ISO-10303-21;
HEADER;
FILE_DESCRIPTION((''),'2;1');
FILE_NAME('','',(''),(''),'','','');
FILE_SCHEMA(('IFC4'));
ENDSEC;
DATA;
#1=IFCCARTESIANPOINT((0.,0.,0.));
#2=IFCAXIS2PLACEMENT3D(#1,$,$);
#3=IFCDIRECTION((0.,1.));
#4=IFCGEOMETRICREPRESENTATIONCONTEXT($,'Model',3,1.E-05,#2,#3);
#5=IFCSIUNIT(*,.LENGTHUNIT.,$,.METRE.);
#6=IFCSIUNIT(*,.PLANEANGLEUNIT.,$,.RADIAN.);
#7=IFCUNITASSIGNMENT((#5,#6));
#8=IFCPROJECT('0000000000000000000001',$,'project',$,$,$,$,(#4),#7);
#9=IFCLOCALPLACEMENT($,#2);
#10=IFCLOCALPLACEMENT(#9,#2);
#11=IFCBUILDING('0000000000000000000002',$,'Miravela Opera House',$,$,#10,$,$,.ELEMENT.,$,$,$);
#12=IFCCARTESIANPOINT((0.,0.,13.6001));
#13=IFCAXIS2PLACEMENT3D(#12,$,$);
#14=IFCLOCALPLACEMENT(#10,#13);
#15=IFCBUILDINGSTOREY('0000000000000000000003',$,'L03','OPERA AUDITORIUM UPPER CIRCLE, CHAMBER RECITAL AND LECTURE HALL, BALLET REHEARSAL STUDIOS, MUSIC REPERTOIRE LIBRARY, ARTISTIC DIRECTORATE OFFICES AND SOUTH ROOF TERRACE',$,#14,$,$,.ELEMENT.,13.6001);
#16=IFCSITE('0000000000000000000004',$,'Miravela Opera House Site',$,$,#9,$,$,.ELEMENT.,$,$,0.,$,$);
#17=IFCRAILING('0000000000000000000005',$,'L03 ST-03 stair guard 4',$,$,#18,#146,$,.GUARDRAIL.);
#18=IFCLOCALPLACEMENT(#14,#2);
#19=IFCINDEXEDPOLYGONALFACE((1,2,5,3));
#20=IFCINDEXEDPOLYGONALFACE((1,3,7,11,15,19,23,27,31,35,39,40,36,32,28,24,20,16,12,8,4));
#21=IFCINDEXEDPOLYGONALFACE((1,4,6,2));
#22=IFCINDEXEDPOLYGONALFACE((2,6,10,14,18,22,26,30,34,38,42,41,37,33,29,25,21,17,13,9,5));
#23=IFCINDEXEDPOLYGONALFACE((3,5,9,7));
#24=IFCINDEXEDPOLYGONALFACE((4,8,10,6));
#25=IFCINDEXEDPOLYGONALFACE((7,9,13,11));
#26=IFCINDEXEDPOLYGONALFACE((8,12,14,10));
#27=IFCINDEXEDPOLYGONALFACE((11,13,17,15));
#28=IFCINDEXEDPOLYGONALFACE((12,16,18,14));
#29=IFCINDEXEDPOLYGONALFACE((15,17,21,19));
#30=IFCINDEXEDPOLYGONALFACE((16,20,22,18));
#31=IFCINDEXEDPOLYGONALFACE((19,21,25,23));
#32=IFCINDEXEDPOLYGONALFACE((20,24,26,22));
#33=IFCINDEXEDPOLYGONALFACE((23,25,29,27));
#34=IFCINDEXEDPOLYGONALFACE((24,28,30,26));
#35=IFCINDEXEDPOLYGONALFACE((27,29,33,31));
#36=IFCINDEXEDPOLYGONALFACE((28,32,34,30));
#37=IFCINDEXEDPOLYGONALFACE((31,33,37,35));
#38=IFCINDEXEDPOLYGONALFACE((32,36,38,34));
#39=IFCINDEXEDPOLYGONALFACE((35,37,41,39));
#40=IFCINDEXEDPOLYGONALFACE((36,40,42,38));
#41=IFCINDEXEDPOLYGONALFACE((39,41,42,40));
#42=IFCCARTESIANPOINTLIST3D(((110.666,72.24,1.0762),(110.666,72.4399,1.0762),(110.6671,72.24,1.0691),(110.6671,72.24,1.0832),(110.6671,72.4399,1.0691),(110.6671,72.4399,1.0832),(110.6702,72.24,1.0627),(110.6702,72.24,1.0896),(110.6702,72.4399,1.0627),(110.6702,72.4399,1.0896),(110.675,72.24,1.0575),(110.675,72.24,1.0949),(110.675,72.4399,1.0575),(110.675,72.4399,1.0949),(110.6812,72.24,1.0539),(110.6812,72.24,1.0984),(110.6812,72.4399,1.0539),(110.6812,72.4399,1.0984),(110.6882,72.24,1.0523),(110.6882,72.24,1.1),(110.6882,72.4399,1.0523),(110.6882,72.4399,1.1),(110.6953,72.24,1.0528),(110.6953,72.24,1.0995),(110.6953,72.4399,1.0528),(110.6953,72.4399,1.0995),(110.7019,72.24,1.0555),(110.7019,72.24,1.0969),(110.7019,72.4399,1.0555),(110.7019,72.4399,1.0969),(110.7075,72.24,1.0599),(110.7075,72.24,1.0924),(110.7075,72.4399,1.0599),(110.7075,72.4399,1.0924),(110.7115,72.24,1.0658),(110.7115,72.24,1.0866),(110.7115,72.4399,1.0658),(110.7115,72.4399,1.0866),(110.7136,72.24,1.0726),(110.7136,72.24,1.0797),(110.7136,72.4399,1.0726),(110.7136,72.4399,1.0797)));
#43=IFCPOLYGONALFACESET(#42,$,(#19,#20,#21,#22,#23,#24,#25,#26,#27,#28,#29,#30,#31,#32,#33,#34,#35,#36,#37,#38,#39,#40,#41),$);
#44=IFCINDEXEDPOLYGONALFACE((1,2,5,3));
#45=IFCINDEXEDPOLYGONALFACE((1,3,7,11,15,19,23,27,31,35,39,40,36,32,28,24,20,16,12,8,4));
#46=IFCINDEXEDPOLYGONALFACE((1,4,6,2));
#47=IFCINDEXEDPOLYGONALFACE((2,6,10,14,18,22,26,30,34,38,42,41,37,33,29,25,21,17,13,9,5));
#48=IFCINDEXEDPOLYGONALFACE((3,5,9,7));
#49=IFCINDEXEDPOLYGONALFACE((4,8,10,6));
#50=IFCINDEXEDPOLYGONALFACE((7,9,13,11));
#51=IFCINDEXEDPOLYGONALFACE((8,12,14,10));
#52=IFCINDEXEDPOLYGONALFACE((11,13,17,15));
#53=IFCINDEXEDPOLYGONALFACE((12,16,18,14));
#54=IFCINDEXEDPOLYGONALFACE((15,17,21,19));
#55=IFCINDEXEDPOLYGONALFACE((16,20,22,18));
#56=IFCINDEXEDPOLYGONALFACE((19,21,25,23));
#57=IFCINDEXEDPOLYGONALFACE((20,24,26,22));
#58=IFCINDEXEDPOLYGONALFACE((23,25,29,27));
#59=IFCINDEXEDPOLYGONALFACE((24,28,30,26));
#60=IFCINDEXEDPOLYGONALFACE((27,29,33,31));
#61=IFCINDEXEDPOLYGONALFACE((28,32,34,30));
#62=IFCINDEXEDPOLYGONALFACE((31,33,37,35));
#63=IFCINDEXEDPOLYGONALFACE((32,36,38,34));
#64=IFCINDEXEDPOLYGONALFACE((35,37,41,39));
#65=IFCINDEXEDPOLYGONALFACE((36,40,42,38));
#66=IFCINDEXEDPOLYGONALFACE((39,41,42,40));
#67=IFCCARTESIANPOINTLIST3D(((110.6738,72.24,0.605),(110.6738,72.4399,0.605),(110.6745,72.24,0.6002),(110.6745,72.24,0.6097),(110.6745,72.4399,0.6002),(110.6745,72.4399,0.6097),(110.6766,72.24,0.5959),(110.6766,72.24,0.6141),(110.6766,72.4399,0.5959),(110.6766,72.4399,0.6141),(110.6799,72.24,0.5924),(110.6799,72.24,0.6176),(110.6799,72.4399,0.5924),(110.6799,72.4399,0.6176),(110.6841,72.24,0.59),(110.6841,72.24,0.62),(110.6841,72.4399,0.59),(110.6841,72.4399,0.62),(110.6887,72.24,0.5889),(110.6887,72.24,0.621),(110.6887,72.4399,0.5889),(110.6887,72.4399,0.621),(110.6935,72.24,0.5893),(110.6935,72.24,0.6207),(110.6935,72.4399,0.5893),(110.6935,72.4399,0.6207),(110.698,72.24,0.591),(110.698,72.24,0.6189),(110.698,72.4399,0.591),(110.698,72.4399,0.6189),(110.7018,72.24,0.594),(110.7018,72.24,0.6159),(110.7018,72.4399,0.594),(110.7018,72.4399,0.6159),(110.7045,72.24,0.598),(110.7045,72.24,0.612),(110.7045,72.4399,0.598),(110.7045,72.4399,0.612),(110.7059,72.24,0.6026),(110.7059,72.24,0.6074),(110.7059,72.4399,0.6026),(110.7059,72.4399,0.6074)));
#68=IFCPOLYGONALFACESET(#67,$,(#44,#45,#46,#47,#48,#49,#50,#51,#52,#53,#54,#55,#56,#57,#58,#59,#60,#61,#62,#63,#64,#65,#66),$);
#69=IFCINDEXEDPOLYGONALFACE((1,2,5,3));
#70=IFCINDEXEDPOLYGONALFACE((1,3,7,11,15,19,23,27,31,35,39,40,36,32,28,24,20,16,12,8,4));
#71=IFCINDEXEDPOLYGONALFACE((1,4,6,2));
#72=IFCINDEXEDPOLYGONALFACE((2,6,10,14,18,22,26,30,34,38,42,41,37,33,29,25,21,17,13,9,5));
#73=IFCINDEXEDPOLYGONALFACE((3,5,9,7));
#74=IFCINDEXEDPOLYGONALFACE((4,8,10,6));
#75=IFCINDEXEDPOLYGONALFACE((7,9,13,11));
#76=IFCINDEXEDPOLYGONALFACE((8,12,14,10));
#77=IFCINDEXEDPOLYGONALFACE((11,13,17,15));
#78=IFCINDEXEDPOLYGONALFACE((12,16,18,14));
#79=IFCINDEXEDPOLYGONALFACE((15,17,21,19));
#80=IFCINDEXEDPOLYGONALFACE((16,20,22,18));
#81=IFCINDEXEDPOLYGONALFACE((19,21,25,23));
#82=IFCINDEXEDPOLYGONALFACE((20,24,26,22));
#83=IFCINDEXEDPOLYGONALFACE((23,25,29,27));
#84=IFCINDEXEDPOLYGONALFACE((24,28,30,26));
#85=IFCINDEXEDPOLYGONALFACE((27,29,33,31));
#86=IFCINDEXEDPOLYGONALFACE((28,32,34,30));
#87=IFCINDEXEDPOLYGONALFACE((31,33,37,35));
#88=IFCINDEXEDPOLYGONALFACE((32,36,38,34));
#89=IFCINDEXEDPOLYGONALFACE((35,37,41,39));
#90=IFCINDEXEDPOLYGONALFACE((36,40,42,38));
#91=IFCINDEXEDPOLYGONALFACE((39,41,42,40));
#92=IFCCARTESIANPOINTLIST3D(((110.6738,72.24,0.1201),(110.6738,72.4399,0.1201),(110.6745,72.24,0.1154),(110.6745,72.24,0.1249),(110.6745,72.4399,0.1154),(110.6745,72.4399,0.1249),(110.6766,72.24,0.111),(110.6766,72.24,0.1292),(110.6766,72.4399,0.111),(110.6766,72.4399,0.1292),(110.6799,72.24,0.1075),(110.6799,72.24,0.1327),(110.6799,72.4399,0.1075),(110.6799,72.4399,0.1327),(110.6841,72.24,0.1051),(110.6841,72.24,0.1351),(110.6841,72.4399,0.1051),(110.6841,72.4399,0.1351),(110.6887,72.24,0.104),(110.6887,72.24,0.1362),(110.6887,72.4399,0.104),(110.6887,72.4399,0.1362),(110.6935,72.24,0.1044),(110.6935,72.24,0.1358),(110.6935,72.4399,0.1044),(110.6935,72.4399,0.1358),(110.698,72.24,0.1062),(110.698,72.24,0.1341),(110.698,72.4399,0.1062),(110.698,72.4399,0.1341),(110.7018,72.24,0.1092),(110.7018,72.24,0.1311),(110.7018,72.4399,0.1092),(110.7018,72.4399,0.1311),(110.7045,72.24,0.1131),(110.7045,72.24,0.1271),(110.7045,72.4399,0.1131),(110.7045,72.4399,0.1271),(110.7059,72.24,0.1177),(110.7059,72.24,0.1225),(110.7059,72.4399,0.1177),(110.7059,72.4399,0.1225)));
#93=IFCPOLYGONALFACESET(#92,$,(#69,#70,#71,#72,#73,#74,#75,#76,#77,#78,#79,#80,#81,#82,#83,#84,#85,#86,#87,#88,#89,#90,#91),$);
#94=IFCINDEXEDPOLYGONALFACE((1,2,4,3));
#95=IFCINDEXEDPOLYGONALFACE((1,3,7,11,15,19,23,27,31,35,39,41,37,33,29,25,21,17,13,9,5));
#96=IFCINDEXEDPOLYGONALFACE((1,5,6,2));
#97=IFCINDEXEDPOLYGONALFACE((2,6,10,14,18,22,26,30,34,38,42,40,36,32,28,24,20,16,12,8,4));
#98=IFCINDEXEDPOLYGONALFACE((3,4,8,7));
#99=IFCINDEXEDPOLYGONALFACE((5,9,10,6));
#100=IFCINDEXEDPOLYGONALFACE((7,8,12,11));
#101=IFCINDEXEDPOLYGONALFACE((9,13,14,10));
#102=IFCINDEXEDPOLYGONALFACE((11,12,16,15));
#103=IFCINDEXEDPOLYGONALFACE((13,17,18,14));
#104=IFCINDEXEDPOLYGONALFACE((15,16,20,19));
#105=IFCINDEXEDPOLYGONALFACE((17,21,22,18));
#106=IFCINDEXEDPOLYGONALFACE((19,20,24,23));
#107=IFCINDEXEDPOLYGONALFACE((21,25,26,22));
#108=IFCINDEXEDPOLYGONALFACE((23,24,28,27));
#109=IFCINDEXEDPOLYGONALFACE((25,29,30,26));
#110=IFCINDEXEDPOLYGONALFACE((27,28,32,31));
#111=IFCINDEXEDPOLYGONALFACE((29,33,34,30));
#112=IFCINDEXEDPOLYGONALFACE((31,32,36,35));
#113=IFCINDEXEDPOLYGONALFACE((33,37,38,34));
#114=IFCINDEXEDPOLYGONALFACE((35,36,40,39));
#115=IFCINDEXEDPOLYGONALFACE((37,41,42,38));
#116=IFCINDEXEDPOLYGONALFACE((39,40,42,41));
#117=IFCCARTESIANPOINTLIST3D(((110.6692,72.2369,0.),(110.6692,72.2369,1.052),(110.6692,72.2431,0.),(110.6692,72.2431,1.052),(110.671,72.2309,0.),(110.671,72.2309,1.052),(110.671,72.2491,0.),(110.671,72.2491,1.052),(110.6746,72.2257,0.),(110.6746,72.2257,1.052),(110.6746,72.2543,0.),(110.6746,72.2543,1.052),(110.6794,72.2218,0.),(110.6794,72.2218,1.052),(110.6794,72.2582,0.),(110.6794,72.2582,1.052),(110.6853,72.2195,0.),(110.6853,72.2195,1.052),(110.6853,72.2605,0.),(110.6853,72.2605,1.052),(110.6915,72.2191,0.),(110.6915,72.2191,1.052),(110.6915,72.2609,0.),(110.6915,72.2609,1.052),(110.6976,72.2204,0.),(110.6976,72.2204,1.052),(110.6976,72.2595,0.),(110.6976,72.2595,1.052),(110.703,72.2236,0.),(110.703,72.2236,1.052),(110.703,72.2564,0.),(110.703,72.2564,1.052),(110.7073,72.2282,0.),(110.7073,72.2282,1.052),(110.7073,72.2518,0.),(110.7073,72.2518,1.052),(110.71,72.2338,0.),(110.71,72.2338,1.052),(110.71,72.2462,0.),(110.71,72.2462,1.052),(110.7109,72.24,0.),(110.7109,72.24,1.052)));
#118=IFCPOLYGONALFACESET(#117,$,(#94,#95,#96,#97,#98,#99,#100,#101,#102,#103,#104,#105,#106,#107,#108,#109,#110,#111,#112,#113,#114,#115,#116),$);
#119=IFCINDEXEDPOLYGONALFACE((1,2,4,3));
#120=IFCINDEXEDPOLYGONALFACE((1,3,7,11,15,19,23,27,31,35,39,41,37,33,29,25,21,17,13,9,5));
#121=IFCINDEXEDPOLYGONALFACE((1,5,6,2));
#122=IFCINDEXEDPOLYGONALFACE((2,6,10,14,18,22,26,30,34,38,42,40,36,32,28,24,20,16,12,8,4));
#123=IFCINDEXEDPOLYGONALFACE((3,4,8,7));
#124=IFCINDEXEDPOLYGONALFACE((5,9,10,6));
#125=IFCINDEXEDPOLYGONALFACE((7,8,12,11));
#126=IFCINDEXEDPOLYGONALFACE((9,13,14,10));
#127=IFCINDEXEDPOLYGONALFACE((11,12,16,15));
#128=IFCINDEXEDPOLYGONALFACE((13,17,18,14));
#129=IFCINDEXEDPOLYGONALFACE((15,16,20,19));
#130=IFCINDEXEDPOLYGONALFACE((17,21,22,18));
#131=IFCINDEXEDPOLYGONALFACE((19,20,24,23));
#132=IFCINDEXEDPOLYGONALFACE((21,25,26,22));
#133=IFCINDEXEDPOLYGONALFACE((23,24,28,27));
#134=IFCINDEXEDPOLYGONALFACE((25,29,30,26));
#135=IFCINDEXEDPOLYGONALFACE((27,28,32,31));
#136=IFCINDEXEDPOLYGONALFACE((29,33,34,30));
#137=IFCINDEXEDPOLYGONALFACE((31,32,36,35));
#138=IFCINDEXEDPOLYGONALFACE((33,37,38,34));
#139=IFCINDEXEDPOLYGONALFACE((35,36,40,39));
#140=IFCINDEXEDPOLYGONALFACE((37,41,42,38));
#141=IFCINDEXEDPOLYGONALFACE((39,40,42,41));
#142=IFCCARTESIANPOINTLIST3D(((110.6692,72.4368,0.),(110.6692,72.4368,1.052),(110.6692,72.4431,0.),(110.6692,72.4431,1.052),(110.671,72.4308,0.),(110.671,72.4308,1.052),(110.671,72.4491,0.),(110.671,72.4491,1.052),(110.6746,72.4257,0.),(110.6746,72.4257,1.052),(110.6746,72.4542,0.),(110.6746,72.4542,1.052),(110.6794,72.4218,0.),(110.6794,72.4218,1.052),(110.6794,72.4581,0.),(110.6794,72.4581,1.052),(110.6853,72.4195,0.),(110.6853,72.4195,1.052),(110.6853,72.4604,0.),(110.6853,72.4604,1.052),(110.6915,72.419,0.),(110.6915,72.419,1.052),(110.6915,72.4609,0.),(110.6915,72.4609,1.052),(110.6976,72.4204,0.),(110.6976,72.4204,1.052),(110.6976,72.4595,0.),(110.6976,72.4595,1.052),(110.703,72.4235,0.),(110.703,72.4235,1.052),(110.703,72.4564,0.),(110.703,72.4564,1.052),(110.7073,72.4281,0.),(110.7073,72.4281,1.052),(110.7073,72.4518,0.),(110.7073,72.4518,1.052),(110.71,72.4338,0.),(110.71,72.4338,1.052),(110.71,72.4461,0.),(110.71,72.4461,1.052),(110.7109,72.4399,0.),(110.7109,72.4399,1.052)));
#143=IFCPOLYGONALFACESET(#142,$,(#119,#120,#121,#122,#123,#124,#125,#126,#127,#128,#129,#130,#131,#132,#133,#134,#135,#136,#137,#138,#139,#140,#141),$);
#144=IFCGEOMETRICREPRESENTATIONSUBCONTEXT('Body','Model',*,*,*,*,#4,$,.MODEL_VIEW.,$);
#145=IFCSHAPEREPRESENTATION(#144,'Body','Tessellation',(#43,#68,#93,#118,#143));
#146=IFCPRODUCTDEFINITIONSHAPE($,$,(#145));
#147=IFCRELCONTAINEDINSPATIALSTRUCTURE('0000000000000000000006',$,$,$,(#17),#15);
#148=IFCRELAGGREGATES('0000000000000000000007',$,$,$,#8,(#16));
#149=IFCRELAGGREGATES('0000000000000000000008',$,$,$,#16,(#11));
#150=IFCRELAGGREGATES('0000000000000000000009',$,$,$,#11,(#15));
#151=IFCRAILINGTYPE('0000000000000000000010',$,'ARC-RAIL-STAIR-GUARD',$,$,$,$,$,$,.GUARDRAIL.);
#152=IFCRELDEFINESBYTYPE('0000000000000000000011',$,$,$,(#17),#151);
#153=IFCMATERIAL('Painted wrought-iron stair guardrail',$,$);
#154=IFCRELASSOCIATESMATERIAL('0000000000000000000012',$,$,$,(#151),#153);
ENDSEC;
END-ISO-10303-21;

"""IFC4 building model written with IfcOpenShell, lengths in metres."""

from ifc_helpers import new_model, si_unit, direction, frame, origin, origin_2d, place, context, subcontext, project, spatial, circle, extrude, material, type_object, element, save


model = new_model("IFC4")

# Units and contexts
model_context = context("Model", 3, precision=1e-05, world=origin(), true_north=direction((0.0, 1.0)))
body_context = subcontext(model_context, "Body", "Model", "MODEL_VIEW")
ifc_project = project(units=[si_unit("LENGTHUNIT", "METRE"), si_unit("PLANEANGLEUNIT", "RADIAN")], contexts=[model_context])

# Site, building, storey
site_placement = place(None, origin())
site = spatial("IfcSite", under=ifc_project, at=site_placement, Name="Miravela Opera House Site", CompositionType="ELEMENT", RefElevation=0.0)
building_placement = place(site_placement, origin())
building = spatial("IfcBuilding", under=site, at=building_placement, Name="Miravela Opera House", CompositionType="ELEMENT")
storey_placement = place(building_placement, frame((0.0, 0.0, 13.6001)))
storey = spatial("IfcBuildingStorey", under=building, at=storey_placement, Name="L03", Description="OPERA AUDITORIUM UPPER CIRCLE, CHAMBER RECITAL AND LECTURE HALL, BALLET REHEARSAL STUDIOS, MUSIC REPERTOIRE LIBRARY, ARTISTIC DIRECTORATE OFFICES AND SOUTH ROOF TERRACE", CompositionType="ELEMENT", Elevation=13.6001)

# Railing
ifc_material_1 = material(Name="Painted wrought-iron stair guardrail")
railing_type_1 = type_object("IfcRailingType", Name="ARC-RAIL-STAIR-GUARD", PredefinedType="GUARDRAIL", material=ifc_material_1)
railing_1_placement = place(storey_placement, frame((110.6899, 72.24, 0.0)))
element("IfcRailing", 1, at=railing_1_placement, inside=storey, type_object=railing_type_1, Name="L03 ST-03 stair guard 4", PredefinedType="GUARDRAIL", context=body_context, shape_type="SweptSolid", body=[
    extrude(circle(Radius=0.0239, at=origin_2d()), frame((0.0, 0.0, 1.0762), z_axis=(0.0, 1.0, 0.0), x_axis=(-1.0, 0.0, 0.0)), (0.0, 0.0, 1.0), 0.2),
    extrude(circle(Radius=0.0161, at=origin_2d()), frame((0.0, 0.0, 0.605), z_axis=(0.0, 1.0, 0.0), x_axis=(-1.0, 0.0, 0.0)), (0.0, 0.0, 1.0), 0.2),
    extrude(circle(Radius=0.0161, at=origin_2d()), frame((0.0, 0.0, 0.1201), z_axis=(0.0, 1.0, 0.0), x_axis=(-1.0, 0.0, 0.0)), (0.0, 0.0, 1.0), 0.2),
    extrude(circle(Radius=0.021, at=origin_2d()), origin(), (0.0, 0.0, 1.0), 1.052),
    extrude(circle(Radius=0.021, at=origin_2d()), frame((0.0, 0.2, 0.0)), (0.0, 0.0, 1.0), 1.052),
])

save(model, "model.ifc")
